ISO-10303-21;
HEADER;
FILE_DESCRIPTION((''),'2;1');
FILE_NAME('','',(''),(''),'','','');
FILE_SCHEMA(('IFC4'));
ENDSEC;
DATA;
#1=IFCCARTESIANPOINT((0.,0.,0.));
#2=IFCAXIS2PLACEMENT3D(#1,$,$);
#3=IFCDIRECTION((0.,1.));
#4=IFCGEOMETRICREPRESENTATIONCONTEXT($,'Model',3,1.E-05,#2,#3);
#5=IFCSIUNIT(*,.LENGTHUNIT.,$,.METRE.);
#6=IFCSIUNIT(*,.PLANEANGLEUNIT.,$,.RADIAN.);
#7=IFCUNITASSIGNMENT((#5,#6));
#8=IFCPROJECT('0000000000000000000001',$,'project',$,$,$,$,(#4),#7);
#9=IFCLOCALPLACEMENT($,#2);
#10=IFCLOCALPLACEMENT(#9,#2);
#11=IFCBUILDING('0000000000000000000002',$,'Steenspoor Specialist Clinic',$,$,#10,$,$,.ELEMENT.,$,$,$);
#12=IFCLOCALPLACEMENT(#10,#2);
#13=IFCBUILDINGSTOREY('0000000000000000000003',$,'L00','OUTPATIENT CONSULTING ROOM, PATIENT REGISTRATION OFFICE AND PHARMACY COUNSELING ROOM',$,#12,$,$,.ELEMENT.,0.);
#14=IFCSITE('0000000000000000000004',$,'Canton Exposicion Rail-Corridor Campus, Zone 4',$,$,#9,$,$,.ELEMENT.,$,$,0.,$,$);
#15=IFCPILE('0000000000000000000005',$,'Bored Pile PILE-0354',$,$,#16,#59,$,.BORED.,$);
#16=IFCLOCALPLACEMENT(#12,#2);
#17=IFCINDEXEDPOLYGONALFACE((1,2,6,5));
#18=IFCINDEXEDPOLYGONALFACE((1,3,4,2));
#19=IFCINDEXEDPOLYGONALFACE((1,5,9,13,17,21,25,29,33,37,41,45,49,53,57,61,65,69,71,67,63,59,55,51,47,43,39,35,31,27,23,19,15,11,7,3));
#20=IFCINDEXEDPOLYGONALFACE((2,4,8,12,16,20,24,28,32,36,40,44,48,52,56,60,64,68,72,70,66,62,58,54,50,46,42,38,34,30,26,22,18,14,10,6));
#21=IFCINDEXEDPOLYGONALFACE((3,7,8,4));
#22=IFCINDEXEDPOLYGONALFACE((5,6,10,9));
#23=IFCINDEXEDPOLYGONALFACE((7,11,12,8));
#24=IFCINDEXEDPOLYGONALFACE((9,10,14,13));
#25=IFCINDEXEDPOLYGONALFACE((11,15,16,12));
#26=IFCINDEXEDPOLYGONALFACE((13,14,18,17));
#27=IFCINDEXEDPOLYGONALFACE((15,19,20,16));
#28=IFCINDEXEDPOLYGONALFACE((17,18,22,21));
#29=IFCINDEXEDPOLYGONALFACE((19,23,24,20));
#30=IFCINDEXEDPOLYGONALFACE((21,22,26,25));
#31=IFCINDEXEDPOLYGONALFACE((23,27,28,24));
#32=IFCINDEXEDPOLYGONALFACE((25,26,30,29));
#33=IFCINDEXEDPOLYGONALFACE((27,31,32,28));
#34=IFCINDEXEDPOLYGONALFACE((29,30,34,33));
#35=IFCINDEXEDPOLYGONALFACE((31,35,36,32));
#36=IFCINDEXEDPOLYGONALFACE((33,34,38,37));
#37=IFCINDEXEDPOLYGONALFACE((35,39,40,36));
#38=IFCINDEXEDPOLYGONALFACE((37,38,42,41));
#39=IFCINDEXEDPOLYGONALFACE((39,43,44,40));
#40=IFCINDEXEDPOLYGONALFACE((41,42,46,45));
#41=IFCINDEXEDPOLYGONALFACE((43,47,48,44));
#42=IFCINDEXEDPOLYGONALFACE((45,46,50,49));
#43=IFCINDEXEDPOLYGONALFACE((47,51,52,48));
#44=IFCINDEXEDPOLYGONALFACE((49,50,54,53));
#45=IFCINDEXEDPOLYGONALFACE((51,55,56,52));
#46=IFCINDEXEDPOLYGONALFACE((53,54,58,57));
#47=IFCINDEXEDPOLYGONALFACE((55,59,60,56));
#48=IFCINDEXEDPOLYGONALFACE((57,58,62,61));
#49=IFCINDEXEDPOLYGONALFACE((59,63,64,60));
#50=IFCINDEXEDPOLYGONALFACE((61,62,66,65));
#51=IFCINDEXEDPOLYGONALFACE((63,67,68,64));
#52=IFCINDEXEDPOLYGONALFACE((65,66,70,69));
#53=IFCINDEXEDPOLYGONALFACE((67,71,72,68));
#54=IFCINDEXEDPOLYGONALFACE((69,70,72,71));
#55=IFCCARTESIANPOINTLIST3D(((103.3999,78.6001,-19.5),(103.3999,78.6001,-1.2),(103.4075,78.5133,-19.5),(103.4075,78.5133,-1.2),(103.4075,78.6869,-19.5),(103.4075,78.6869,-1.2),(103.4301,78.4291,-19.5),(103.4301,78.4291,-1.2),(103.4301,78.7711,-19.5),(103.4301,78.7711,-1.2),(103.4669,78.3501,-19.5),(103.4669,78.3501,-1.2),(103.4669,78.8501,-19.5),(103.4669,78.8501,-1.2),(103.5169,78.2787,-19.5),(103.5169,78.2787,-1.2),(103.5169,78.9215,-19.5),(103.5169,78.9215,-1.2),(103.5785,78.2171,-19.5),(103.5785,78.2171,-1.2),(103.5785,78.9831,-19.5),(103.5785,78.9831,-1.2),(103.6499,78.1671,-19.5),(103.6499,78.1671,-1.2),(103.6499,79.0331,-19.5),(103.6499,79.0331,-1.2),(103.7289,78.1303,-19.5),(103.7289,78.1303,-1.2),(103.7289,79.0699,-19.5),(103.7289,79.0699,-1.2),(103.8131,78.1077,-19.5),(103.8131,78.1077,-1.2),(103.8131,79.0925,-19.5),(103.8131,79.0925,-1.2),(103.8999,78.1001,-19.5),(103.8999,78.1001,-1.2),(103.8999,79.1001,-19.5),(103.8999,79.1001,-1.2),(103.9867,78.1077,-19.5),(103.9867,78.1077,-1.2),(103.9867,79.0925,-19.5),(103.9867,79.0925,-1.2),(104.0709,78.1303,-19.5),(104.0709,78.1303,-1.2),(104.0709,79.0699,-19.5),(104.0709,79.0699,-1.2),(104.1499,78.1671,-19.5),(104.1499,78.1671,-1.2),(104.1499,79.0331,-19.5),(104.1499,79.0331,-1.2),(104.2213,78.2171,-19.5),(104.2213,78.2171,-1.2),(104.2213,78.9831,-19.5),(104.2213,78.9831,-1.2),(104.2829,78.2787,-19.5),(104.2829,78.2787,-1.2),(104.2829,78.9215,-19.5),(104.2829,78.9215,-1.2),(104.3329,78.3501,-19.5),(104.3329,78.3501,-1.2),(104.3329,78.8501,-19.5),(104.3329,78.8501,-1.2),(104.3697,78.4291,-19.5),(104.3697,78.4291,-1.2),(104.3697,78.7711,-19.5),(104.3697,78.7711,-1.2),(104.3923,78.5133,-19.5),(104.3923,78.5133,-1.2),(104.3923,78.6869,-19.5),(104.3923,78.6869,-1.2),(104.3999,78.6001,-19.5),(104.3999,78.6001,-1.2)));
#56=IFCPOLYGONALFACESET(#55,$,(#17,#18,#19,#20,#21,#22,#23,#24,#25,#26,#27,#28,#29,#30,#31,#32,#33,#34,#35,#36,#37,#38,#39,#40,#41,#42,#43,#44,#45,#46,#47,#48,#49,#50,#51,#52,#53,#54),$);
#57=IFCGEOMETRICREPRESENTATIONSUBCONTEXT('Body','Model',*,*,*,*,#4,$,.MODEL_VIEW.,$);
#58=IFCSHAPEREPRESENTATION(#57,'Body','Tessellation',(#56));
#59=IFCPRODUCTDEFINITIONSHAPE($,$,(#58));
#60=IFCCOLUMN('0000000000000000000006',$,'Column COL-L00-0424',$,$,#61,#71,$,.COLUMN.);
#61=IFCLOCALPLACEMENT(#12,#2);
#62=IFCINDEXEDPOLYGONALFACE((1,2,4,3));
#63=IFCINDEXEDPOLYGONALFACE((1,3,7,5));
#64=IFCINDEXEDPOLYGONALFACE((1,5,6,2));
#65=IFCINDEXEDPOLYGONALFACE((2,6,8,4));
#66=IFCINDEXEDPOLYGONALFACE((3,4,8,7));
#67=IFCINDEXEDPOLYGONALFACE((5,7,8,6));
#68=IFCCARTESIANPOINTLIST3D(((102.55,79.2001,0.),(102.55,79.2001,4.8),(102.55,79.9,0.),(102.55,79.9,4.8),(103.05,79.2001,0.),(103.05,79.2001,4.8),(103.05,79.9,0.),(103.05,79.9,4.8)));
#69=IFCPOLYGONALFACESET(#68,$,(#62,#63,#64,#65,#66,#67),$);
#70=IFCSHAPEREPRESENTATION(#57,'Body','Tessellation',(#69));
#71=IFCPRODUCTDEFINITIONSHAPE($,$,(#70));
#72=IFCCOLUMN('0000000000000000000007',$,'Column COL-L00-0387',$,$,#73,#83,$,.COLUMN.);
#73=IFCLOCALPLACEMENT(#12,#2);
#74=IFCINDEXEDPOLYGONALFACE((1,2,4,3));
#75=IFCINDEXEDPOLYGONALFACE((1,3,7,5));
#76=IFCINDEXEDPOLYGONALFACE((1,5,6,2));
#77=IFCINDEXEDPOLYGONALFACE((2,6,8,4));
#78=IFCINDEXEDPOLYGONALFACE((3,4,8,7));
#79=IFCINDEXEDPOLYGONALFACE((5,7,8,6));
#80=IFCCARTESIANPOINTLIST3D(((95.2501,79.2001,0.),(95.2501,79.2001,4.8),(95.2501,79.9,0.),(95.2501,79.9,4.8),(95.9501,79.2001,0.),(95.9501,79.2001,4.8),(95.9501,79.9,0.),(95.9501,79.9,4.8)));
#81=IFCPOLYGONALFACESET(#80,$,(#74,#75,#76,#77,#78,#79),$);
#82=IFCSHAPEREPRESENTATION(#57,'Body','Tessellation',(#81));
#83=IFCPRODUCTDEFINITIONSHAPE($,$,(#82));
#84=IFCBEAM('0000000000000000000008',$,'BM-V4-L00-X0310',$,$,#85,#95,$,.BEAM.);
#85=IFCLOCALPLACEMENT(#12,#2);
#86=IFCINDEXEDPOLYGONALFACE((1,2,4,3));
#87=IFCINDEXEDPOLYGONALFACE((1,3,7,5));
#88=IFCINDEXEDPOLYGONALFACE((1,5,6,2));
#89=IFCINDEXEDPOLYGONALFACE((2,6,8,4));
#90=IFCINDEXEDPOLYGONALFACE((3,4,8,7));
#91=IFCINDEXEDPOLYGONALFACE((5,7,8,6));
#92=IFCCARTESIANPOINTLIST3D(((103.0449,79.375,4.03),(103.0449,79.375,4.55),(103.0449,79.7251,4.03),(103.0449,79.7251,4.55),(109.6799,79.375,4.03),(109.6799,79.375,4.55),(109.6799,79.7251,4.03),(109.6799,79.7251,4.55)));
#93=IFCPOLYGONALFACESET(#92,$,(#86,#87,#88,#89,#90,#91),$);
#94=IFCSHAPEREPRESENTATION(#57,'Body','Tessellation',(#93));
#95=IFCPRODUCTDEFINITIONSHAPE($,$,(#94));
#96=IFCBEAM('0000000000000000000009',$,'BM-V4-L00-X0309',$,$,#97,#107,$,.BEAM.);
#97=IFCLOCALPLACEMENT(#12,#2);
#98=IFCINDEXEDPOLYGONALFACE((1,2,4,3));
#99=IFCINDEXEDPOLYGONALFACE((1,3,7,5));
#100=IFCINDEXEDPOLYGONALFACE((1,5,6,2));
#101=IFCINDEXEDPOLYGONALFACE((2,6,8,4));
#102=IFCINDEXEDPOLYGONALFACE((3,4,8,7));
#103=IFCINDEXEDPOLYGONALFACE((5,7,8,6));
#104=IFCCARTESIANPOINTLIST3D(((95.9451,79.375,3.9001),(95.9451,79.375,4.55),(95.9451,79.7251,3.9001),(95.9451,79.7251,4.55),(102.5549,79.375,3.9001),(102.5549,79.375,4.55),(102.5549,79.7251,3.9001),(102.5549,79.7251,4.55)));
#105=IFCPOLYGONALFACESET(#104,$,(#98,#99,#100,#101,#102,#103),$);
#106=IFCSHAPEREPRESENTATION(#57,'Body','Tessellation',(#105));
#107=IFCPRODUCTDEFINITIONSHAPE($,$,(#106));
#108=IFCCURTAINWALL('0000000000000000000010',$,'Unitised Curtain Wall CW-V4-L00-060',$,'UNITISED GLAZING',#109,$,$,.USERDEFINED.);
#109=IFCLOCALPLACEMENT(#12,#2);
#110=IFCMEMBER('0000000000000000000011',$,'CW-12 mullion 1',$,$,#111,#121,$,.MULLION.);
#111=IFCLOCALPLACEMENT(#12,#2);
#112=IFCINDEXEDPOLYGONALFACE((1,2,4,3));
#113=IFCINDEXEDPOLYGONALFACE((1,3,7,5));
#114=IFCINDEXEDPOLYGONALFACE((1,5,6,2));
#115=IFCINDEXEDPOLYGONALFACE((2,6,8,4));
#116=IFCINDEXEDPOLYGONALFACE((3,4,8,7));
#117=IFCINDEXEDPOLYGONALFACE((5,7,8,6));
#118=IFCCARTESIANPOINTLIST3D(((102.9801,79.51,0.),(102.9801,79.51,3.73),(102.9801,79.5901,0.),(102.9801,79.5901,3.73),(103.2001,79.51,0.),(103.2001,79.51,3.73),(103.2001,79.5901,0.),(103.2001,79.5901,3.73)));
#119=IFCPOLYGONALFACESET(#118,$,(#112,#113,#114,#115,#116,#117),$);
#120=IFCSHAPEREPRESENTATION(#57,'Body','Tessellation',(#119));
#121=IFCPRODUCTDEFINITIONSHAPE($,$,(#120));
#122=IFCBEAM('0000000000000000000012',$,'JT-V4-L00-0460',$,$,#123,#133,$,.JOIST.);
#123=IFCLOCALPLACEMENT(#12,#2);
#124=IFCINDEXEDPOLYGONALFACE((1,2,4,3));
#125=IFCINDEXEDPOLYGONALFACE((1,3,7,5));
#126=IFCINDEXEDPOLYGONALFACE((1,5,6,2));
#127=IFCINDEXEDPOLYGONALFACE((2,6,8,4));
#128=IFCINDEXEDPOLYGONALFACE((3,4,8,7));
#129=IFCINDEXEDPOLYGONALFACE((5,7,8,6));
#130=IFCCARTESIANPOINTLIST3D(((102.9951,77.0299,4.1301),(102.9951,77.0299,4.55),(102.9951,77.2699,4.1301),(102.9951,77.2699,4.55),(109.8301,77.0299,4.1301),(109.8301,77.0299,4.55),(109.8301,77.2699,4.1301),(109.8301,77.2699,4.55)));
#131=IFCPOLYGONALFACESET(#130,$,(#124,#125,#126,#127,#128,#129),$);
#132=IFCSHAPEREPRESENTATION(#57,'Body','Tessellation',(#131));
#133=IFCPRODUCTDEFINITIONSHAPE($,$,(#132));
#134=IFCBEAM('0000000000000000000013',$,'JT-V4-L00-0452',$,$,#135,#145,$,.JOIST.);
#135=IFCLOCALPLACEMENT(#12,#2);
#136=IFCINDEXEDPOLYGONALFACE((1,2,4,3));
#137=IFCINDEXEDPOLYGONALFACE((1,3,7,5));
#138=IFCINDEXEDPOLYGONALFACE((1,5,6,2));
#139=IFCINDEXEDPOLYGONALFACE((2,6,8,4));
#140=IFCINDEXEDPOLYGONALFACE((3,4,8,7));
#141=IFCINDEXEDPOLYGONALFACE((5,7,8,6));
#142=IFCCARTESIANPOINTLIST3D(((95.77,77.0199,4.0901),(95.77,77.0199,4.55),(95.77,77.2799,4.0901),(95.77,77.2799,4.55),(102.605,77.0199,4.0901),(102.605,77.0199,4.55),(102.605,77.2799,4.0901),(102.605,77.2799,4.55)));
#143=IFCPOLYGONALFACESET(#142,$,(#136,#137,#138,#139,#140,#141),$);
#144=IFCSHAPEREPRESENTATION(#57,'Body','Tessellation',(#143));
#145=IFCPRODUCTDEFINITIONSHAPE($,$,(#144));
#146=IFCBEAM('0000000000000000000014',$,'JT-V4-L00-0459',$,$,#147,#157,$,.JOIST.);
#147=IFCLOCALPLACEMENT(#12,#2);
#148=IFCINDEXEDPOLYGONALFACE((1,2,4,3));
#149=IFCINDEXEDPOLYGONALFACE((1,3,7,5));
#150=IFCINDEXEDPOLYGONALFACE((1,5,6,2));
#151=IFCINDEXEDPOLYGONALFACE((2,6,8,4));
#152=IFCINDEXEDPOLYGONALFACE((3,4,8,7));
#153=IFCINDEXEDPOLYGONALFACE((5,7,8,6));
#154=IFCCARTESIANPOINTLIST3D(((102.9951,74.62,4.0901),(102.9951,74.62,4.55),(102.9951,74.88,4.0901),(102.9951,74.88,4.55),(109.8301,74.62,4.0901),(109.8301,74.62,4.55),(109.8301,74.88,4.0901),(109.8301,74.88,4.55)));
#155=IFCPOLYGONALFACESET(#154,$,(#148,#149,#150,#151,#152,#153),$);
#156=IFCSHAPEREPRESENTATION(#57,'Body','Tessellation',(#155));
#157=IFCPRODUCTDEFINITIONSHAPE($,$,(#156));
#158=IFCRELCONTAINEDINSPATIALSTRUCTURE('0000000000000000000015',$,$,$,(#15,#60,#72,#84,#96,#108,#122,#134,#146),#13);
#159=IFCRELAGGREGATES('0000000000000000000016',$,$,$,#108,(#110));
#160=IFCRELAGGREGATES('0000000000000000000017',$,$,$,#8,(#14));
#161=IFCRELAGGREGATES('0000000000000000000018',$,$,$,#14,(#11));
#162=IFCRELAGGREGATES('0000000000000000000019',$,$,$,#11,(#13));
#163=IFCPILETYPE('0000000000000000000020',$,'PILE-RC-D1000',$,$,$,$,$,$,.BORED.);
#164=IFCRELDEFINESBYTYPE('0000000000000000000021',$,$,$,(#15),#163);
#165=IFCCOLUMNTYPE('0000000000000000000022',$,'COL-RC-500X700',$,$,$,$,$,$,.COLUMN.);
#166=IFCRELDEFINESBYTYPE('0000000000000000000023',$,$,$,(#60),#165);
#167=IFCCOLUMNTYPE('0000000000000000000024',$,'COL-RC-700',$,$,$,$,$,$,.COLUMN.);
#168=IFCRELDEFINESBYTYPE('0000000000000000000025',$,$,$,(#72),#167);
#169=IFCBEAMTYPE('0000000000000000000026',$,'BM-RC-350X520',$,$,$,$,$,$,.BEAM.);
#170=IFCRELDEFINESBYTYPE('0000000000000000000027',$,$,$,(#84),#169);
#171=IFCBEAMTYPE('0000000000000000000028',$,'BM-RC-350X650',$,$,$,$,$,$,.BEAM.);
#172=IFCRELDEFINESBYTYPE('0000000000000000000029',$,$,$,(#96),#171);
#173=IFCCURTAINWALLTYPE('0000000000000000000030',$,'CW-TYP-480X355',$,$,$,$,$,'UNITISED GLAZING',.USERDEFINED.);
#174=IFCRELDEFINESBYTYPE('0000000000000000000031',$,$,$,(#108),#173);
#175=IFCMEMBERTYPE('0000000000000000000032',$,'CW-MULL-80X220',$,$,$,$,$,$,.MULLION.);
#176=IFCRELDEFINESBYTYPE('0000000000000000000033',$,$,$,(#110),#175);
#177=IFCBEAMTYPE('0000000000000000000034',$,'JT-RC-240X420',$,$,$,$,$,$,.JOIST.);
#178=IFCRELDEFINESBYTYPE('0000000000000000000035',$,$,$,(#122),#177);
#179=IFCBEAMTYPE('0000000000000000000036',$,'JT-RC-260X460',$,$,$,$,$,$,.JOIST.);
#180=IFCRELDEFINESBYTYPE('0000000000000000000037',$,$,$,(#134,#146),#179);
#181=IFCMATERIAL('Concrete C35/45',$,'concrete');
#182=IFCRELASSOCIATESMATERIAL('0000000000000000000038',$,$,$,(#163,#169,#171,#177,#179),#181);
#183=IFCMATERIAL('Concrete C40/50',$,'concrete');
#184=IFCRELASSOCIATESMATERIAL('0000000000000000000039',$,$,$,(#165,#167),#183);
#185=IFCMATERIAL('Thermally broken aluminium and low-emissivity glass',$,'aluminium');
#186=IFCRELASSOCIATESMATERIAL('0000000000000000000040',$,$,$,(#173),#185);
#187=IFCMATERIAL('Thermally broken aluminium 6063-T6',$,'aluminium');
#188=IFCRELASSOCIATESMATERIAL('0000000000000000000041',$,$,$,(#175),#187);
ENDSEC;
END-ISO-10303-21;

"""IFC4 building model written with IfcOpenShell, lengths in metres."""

from ifc_helpers import new_model, si_unit, direction, frame, origin, origin_2d, place, context, subcontext, project, spatial, rectangle, circle, extrude, material, material_profile, profile_set, type_object, element, aggregate, save


model = new_model("IFC4")

# Units and contexts
model_context = context("Model", 3, precision=1e-05, world=origin(), true_north=direction((0.0, 1.0)))
body_context = subcontext(model_context, "Body", "Model", "MODEL_VIEW")
ifc_project = project(units=[si_unit("LENGTHUNIT", "METRE"), si_unit("PLANEANGLEUNIT", "RADIAN")], contexts=[model_context])

# Site, building, storey
site_placement = place(None, origin())
site = spatial("IfcSite", under=ifc_project, at=site_placement, Name="Canton Exposicion Rail-Corridor Campus, Zone 4", CompositionType="ELEMENT", RefElevation=0.0)
building_placement = place(site_placement, origin())
building = spatial("IfcBuilding", under=site, at=building_placement, Name="Steenspoor Specialist Clinic", CompositionType="ELEMENT")
storey_placement = place(building_placement, origin())
storey = spatial("IfcBuildingStorey", under=building, at=storey_placement, Name="L00", Description="OUTPATIENT CONSULTING ROOM, PATIENT REGISTRATION OFFICE AND PHARMACY COUNSELING ROOM", CompositionType="ELEMENT", Elevation=0.0)

# Shared definitions
ifc_material_1 = material(Name="Concrete C35/45", Category="concrete")

# Pile
ifc_material_profile_1 = material_profile(ifc_material_1, circle(Radius=0.5, at=origin_2d()), Name="PILE-D1000")
ifc_profile_set_1 = profile_set([ifc_material_profile_1], Name="Concrete C35/45")
pile_type = type_object("IfcPileType", Name="PILE-RC-D1000", PredefinedType="BORED", material=ifc_profile_set_1)
for number, where, z_axis, x_axis, name in (
    (1, (103.8999, 78.6001, -1.2), (0.0, 0.0, -1.0), (1.0, 0.0, 0.0), "Bored Pile PILE-0354"),
):
    element("IfcPile", number, at=place(storey_placement, frame(where, z_axis=z_axis, x_axis=x_axis)), inside=storey, type_object=pile_type, Name=name, PredefinedType="BORED", context=body_context, shape_type="SweptSolid", body=[
        extrude(circle(Radius=0.5, at=origin_2d()), origin(), (0.0, 0.0, 1.0), 18.3),
    ])

# Columns
ifc_material_2 = material(Name="Concrete C40/50", Category="concrete")
ifc_material_profile_2 = material_profile(ifc_material_2, rectangle(XDim=0.5, YDim=0.7, at=origin_2d()), Name="RC-COL-500X700")
ifc_profile_set_2 = profile_set([ifc_material_profile_2], Name="Concrete C40/50")
column_type_1 = type_object("IfcColumnType", Name="COL-RC-500X700", PredefinedType="COLUMN", material=ifc_profile_set_2)
column_1_placement = place(storey_placement, frame((102.8, 79.55, 0.0), z_axis=(0.0, 0.0, 1.0), x_axis=(1.0, 0.0, 0.0)))
element("IfcColumn", 2, at=column_1_placement, inside=storey, type_object=column_type_1, Name="Column COL-L00-0424", PredefinedType="COLUMN", context=body_context, shape_type="SweptSolid", body=[
    extrude(rectangle(XDim=0.5, YDim=0.7, at=origin_2d()), origin(), (0.0, 0.0, 1.0), 4.8),
])
ifc_material_profile_3 = material_profile(ifc_material_2, rectangle(XDim=0.7, YDim=0.7, at=origin_2d()), Name="RC-COL-700X700")
ifc_profile_set_3 = profile_set([ifc_material_profile_3], Name="Concrete C40/50")
column_type_2 = type_object("IfcColumnType", Name="COL-RC-700", PredefinedType="COLUMN", material=ifc_profile_set_3)
column_2_placement = place(storey_placement, frame((95.6001, 79.55, 0.0), z_axis=(0.0, 0.0, 1.0), x_axis=(1.0, 0.0, 0.0)))
element("IfcColumn", 3, at=column_2_placement, inside=storey, type_object=column_type_2, Name="Column COL-L00-0387", PredefinedType="COLUMN", context=body_context, shape_type="SweptSolid", body=[
    extrude(rectangle(XDim=0.7, YDim=0.7, at=origin_2d()), origin(), (0.0, 0.0, 1.0), 4.8),
])

# Beams
ifc_material_profile_4 = material_profile(ifc_material_1, rectangle(XDim=0.3501, YDim=0.52, at=origin_2d()), Name="RC-BM-350X520")
ifc_profile_set_4 = profile_set([ifc_material_profile_4], Name="Concrete C35/45")
beam_type_1 = type_object("IfcBeamType", Name="BM-RC-350X520", PredefinedType="BEAM", material=ifc_profile_set_4)
beam_1_placement = place(storey_placement, frame((103.0449, 79.55, 4.29), z_axis=(1.0, 0.0, 0.0), x_axis=(0.0, 1.0, 0.0)))
element("IfcBeam", 4, at=beam_1_placement, inside=storey, type_object=beam_type_1, Name="BM-V4-L00-X0310", PredefinedType="BEAM", context=body_context, shape_type="SweptSolid", body=[
    extrude(rectangle(XDim=0.3501, YDim=0.52, at=origin_2d()), origin(), (0.0, 0.0, 1.0), 6.635),
])
ifc_material_profile_5 = material_profile(ifc_material_1, rectangle(XDim=0.3501, YDim=0.6499, at=origin_2d()), Name="RC-BM-350X650")
ifc_profile_set_5 = profile_set([ifc_material_profile_5], Name="Concrete C35/45")
beam_type_2 = type_object("IfcBeamType", Name="BM-RC-350X650", PredefinedType="BEAM", material=ifc_profile_set_5)
beam_2_placement = place(storey_placement, frame((95.9451, 79.55, 4.2251), z_axis=(1.0, 0.0, 0.0), x_axis=(0.0, 1.0, 0.0)))
element("IfcBeam", 5, at=beam_2_placement, inside=storey, type_object=beam_type_2, Name="BM-V4-L00-X0309", PredefinedType="BEAM", context=body_context, shape_type="SweptSolid", body=[
    extrude(rectangle(XDim=0.3501, YDim=0.6499, at=origin_2d()), origin(), (0.0, 0.0, 1.0), 6.6099),
])

# Curtain wall, member
ifc_material_3 = material(Name="Thermally broken aluminium and low-emissivity glass", Category="aluminium")
curtain_wall_type = type_object("IfcCurtainWallType", Name="CW-TYP-480X355", ElementType="UNITISED GLAZING", PredefinedType="USERDEFINED", material=ifc_material_3)
curtain_wall_placement = place(storey_placement, origin())
curtain_wall = element("IfcCurtainWall", 6, at=curtain_wall_placement, inside=storey, type_object=curtain_wall_type, Name="Unitised Curtain Wall CW-V4-L00-060", ObjectType="UNITISED GLAZING", PredefinedType="USERDEFINED")
ifc_material_4 = material(Name="Thermally broken aluminium 6063-T6", Category="aluminium")
ifc_material_profile_6 = material_profile(ifc_material_4, rectangle(XDim=0.0801, YDim=0.22, at=origin_2d()), Name="CWM-80X220")
ifc_profile_set_6 = profile_set([ifc_material_profile_6], Name="Thermally broken aluminium 6063-T6")
member_type = type_object("IfcMemberType", Name="CW-MULL-80X220", PredefinedType="MULLION", material=ifc_profile_set_6)
member_placement = place(storey_placement, frame((103.0901, 79.55, 0.0), z_axis=(0.0, 0.0, 1.0), x_axis=(0.0, 1.0, 0.0)))
member = element("IfcMember", 7, at=member_placement, type_object=member_type, Name="CW-12 mullion 1", PredefinedType="MULLION", context=body_context, shape_type="SweptSolid", body=[
    extrude(rectangle(XDim=0.0801, YDim=0.22, at=origin_2d()), origin(), (0.0, 0.0, 1.0), 3.73),
])
aggregate(curtain_wall, [member])

# Beams
ifc_material_profile_7 = material_profile(ifc_material_1, rectangle(XDim=0.24, YDim=0.4199, at=origin_2d()), Name="RC-JT-240X420")
ifc_profile_set_7 = profile_set([ifc_material_profile_7], Name="Concrete C35/45")
beam_type_3 = type_object("IfcBeamType", Name="JT-RC-240X420", PredefinedType="JOIST", material=ifc_profile_set_7)
beam_3_placement = place(storey_placement, frame((102.9951, 77.1499, 4.3401), z_axis=(1.0, 0.0, 0.0), x_axis=(0.0, 1.0, 0.0)))
element("IfcBeam", 8, at=beam_3_placement, inside=storey, type_object=beam_type_3, Name="JT-V4-L00-0460", PredefinedType="JOIST", context=body_context, shape_type="SweptSolid", body=[
    extrude(rectangle(XDim=0.24, YDim=0.4199, at=origin_2d()), origin(), (0.0, 0.0, 1.0), 6.835),
])
ifc_material_profile_8 = material_profile(ifc_material_1, rectangle(XDim=0.26, YDim=0.46, at=origin_2d()), Name="RC-JT-260X460")
ifc_profile_set_8 = profile_set([ifc_material_profile_8], Name="Concrete C35/45")
beam_type_4 = type_object("IfcBeamType", Name="JT-RC-260X460", PredefinedType="JOIST", material=ifc_profile_set_8)
for number, where, z_axis, x_axis, name in (
    (9, (95.77, 77.1499, 4.3201), (1.0, 0.0, 0.0), (0.0, 1.0, 0.0), "JT-V4-L00-0452"),
    (10, (102.9951, 74.75, 4.3201), (1.0, 0.0, 0.0), (0.0, 1.0, 0.0), "JT-V4-L00-0459"),
):
    element("IfcBeam", number, at=place(storey_placement, frame(where, z_axis=z_axis, x_axis=x_axis)), inside=storey, type_object=beam_type_4, Name=name, PredefinedType="JOIST", context=body_context, shape_type="SweptSolid", body=[
        extrude(rectangle(XDim=0.26, YDim=0.46, at=origin_2d()), origin(), (0.0, 0.0, 1.0), 6.835),
    ])

save(model, "model.ifc")
